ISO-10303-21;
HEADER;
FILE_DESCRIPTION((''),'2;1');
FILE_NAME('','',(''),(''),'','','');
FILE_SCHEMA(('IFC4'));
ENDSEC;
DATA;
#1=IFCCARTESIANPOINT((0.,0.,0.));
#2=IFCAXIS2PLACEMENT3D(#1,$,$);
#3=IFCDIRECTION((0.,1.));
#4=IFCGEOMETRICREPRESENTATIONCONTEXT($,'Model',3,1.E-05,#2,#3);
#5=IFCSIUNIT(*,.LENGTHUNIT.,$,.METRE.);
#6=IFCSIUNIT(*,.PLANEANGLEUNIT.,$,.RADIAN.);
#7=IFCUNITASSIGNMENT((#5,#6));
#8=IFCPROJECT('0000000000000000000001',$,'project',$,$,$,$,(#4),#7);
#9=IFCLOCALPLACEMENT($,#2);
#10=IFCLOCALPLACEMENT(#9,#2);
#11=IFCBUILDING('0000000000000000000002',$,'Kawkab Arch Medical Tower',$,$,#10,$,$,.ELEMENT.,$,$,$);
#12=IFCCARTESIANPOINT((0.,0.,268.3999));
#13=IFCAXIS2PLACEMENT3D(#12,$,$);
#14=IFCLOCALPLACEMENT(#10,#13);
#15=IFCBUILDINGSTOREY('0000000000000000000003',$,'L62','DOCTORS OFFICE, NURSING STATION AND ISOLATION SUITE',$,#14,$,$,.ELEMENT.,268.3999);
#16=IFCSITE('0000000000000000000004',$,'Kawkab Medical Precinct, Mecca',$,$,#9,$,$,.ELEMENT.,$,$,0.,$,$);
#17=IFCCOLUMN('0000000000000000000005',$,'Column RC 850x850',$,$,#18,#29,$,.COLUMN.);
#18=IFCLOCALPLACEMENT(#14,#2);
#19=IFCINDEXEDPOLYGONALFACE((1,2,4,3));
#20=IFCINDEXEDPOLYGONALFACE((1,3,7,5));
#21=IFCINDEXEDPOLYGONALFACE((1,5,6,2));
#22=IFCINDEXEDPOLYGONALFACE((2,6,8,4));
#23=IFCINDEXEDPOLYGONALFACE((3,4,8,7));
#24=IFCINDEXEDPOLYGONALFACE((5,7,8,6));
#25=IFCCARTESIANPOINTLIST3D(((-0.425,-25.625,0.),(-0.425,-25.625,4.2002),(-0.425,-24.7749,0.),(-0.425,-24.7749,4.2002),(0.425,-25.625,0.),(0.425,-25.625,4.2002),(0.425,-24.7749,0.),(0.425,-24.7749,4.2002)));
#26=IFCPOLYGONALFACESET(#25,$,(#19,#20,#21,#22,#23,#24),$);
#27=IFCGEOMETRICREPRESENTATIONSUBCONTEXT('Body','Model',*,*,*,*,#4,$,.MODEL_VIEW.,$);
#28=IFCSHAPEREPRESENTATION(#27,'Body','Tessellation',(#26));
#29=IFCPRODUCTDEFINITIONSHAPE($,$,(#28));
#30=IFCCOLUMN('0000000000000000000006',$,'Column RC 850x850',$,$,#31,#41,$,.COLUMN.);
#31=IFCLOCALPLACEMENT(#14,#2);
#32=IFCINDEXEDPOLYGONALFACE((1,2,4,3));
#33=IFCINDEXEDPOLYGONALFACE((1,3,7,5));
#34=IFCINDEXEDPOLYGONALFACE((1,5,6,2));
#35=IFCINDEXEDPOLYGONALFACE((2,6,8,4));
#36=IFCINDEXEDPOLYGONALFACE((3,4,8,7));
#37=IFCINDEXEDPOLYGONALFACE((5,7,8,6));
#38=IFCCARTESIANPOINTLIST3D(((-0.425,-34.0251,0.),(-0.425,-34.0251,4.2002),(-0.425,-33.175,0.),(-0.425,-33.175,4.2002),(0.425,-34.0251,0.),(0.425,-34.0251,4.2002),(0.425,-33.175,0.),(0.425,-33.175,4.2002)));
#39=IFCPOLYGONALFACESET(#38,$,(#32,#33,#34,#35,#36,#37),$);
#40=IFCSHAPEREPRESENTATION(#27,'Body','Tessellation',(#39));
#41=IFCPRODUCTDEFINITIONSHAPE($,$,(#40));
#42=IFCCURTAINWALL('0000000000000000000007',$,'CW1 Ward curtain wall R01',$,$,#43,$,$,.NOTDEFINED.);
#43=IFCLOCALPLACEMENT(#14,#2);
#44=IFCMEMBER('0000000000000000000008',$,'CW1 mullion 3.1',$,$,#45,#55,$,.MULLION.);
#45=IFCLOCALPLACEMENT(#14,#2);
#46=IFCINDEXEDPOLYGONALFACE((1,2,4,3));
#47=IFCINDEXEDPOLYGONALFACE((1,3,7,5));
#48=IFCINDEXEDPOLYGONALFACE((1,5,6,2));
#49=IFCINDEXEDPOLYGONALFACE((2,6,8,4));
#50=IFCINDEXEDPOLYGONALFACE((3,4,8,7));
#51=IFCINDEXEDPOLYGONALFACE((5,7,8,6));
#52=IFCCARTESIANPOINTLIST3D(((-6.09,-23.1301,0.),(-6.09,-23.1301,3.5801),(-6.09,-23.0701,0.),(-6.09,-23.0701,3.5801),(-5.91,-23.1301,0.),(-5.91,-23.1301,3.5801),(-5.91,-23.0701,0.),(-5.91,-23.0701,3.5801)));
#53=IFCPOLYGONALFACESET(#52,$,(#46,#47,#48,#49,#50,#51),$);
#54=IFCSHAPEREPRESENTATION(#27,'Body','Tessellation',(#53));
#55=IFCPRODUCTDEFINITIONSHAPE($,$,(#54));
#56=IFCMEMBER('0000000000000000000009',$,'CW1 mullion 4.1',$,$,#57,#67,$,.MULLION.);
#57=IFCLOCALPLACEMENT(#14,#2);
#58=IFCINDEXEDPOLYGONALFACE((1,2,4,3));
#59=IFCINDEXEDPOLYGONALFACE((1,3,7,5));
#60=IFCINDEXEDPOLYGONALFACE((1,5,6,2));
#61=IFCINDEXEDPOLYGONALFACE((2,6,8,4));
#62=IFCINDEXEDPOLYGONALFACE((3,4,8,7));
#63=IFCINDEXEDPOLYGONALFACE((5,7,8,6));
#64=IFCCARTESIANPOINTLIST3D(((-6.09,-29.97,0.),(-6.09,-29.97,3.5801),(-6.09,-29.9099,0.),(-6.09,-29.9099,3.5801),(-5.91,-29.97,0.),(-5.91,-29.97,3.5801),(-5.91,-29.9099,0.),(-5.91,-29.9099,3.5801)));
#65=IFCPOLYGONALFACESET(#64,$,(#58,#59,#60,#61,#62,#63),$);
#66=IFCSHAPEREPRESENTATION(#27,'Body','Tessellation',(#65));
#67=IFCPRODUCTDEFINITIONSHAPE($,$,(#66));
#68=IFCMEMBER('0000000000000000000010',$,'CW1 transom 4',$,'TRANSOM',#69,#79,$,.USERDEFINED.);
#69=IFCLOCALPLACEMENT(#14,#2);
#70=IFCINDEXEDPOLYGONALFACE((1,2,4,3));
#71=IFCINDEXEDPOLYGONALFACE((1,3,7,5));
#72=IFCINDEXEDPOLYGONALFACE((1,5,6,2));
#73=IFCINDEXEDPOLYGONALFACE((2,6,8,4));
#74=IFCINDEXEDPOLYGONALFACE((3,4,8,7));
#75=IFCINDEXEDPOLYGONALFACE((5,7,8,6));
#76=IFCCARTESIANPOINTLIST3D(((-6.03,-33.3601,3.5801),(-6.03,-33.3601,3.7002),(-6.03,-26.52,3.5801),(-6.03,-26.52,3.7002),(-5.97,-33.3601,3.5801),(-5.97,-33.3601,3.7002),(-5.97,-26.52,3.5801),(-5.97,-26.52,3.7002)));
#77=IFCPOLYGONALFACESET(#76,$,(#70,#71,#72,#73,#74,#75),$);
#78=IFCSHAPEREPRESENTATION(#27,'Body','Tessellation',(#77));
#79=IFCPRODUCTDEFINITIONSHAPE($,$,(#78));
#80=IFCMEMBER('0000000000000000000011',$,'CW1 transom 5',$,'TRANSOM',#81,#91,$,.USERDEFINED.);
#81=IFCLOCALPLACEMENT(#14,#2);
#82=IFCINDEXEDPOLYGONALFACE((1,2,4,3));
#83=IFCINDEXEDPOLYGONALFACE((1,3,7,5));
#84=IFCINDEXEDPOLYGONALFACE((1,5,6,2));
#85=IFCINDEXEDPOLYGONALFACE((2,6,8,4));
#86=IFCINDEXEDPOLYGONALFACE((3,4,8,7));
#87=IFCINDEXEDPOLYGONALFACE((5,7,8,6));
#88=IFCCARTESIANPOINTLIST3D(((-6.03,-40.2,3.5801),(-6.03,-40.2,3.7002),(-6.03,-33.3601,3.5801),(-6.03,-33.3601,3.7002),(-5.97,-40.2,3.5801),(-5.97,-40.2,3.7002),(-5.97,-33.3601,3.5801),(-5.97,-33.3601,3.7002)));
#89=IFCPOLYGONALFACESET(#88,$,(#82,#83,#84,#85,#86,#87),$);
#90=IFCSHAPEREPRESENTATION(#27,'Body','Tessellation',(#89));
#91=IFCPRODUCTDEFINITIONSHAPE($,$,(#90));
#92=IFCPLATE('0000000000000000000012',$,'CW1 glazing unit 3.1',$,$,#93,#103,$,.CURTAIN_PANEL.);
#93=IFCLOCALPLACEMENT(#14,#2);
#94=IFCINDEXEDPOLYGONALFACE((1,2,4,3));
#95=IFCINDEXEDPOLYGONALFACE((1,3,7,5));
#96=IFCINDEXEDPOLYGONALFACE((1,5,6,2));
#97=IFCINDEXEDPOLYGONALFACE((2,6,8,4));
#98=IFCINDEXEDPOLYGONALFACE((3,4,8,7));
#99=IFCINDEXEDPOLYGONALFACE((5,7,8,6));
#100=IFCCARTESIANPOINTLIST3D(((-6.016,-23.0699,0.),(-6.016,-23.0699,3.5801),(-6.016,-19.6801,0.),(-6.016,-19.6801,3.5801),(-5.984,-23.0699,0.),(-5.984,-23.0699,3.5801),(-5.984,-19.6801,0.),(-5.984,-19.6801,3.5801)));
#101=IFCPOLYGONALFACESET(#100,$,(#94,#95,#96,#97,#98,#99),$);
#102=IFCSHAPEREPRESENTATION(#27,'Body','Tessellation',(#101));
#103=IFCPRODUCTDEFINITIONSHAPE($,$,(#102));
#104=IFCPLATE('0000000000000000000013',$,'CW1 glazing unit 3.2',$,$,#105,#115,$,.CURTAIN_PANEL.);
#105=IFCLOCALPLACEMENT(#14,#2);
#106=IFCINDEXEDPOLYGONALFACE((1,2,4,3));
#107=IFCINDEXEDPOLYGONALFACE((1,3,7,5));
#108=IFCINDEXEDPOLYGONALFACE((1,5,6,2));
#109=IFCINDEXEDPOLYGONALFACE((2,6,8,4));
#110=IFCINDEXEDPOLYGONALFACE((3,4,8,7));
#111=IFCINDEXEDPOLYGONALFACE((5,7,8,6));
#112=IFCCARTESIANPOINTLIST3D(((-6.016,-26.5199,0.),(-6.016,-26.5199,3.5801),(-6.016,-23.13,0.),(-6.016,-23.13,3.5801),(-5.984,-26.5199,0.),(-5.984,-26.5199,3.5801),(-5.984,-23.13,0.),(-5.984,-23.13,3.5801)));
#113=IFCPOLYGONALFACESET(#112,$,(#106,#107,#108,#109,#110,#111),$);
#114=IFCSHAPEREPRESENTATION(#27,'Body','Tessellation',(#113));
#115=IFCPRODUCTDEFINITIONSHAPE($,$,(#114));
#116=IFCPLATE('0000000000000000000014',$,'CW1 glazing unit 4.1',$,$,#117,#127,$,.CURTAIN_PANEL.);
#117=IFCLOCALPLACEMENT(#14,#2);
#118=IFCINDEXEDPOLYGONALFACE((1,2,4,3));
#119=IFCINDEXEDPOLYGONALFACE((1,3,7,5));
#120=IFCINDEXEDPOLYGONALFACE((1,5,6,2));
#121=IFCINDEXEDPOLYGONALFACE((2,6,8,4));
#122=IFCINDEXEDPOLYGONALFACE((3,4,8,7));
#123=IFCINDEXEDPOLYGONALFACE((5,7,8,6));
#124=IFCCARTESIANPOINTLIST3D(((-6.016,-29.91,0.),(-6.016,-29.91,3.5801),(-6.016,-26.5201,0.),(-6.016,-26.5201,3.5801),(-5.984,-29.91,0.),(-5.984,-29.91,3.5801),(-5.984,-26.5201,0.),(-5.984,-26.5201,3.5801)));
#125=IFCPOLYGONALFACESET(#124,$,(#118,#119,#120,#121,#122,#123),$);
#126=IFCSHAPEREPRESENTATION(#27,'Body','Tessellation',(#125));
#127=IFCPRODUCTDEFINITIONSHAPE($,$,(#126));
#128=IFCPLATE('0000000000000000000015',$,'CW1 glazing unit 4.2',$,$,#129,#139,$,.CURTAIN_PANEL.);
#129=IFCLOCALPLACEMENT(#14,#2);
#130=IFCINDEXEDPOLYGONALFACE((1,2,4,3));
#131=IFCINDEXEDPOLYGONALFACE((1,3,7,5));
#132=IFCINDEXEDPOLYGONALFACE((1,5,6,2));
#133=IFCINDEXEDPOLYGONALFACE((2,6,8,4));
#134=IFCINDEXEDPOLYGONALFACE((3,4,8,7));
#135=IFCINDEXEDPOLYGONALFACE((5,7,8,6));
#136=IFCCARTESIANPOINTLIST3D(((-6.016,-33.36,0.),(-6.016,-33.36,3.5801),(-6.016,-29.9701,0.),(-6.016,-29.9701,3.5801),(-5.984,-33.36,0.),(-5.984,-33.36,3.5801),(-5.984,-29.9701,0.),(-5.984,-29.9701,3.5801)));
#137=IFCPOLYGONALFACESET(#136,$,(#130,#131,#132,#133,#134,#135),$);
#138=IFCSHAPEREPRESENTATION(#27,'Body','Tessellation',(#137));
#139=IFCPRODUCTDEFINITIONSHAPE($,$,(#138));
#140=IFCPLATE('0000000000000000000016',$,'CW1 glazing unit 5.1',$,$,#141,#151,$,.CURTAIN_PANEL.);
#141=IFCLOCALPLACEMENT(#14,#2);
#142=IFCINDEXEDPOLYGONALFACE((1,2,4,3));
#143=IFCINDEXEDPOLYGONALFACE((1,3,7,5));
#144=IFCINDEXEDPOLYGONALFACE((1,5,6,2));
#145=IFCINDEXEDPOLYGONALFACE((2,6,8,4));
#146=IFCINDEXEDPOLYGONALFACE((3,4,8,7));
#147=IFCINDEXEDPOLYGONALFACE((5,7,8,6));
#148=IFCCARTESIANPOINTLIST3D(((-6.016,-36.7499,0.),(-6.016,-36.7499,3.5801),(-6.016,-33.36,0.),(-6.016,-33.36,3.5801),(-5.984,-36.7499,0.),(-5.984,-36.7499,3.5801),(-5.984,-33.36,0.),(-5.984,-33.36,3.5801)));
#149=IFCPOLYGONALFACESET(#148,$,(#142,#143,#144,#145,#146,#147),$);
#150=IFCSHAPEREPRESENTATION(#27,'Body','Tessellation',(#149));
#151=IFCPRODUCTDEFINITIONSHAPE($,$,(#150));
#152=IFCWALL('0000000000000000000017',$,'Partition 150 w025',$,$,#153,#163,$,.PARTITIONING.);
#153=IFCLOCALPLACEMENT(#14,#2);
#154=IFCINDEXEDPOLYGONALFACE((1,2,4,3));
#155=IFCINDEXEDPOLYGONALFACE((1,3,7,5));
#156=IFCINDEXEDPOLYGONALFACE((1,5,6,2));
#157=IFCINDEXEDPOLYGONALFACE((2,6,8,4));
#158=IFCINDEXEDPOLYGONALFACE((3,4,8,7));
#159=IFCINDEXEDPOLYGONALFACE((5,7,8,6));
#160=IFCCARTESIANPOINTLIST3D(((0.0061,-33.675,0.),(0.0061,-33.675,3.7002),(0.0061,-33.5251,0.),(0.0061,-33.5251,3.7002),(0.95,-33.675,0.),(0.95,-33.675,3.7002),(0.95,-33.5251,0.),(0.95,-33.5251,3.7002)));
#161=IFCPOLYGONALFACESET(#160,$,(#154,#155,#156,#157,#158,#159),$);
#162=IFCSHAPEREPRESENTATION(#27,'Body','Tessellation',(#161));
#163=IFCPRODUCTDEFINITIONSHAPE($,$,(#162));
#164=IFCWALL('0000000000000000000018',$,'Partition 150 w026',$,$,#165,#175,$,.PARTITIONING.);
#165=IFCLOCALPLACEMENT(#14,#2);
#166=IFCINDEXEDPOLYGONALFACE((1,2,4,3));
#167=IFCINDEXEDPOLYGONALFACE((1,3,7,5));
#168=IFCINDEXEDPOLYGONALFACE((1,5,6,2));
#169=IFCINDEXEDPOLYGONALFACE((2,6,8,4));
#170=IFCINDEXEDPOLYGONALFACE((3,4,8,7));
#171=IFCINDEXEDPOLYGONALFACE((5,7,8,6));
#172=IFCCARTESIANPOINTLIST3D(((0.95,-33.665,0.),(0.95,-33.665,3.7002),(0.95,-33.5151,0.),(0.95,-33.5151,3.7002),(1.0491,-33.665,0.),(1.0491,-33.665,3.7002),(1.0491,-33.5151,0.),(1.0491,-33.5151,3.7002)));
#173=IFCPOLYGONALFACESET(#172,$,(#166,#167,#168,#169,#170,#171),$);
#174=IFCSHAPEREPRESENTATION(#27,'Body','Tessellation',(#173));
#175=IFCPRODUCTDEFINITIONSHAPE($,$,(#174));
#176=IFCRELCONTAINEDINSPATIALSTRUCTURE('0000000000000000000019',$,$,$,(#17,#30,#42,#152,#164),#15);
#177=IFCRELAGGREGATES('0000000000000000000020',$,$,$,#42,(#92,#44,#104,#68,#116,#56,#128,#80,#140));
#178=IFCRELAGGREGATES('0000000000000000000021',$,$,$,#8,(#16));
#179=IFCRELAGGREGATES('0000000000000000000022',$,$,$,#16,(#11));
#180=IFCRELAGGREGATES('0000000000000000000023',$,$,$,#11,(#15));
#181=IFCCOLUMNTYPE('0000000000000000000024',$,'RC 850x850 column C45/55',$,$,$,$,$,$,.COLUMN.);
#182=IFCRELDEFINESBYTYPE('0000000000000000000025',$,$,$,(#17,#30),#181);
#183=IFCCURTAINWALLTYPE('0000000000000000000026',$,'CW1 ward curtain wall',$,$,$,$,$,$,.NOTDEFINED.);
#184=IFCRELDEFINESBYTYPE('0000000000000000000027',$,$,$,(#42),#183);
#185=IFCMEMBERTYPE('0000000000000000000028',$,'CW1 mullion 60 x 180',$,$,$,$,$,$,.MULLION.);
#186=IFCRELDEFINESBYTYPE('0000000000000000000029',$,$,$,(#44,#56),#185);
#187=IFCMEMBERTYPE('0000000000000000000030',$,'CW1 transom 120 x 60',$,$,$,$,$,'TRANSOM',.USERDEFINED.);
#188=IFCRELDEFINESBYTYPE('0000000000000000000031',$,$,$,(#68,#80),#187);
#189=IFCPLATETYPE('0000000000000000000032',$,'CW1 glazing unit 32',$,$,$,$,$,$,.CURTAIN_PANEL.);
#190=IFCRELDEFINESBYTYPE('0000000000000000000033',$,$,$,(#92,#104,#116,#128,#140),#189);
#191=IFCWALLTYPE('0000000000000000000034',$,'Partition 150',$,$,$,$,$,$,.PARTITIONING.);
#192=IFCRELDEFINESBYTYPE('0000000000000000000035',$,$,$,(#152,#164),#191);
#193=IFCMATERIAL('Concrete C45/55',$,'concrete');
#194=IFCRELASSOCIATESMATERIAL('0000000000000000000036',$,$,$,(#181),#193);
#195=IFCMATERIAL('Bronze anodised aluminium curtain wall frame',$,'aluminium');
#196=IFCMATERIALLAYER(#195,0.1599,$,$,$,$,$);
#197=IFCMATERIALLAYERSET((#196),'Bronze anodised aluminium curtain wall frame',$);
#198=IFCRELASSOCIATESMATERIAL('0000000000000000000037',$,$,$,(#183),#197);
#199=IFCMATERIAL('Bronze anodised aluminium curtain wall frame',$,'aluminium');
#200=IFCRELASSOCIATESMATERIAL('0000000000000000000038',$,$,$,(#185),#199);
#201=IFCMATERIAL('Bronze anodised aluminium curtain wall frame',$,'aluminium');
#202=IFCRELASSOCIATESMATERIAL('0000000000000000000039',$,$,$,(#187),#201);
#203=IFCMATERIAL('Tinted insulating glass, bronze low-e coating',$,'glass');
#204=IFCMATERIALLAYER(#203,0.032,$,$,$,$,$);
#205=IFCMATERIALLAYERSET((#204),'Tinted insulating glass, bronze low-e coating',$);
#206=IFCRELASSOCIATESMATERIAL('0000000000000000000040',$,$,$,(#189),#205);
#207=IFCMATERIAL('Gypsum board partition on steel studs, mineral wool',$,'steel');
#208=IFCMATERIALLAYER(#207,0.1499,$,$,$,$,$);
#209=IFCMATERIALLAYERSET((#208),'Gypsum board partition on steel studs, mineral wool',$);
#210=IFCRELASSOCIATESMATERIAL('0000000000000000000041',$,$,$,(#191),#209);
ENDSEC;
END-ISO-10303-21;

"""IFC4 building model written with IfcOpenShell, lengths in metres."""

from ifc_helpers import new_model, si_unit, direction, frame, frame_2d, origin, origin_2d, place, context, subcontext, project, spatial, rectangle, extrude, material, layer, layer_set, material_profile, profile_set, type_object, element, aggregate, save


model = new_model("IFC4")

# Units and contexts
model_context = context("Model", 3, precision=1e-05, world=origin(), true_north=direction((0.0, 1.0)))
body_context = subcontext(model_context, "Body", "Model", "MODEL_VIEW")
ifc_project = project(units=[si_unit("LENGTHUNIT", "METRE"), si_unit("PLANEANGLEUNIT", "RADIAN")], contexts=[model_context])

# Site, building, storey
site_placement = place(None, origin())
site = spatial("IfcSite", under=ifc_project, at=site_placement, Name="Kawkab Medical Precinct, Mecca", CompositionType="ELEMENT", RefElevation=0.0)
building_placement = place(site_placement, origin())
building = spatial("IfcBuilding", under=site, at=building_placement, Name="Kawkab Arch Medical Tower", CompositionType="ELEMENT")
storey_placement = place(building_placement, frame((0.0, 0.0, 268.3999)))
storey = spatial("IfcBuildingStorey", under=building, at=storey_placement, Name="L62", Description="DOCTORS OFFICE, NURSING STATION AND ISOLATION SUITE", CompositionType="ELEMENT", Elevation=268.3999)

# Columns
ifc_material_1 = material(Name="Concrete C45/55", Category="concrete")
ifc_material_profile_1 = material_profile(ifc_material_1, rectangle(XDim=0.8501, YDim=0.8501, at=origin_2d()), Name="RC 850x850")
ifc_profile_set_1 = profile_set([ifc_material_profile_1], Name="Concrete C45/55")
column_type = type_object("IfcColumnType", Name="RC 850x850 column C45/55", PredefinedType="COLUMN", material=ifc_profile_set_1)
for number, where, z_axis, x_axis, name in (
    (1, (0.0, -25.2, 0.0), (0.0, 0.0, 1.0), (1.0, 0.0, 0.0), "Column RC 850x850"),
    (2, (0.0, -33.6001, 0.0), (0.0, 0.0, 1.0), (1.0, 0.0, 0.0), "Column RC 850x850"),
):
    element("IfcColumn", number, at=place(storey_placement, frame(where, z_axis=z_axis, x_axis=x_axis)), inside=storey, type_object=column_type, Name=name, PredefinedType="COLUMN", context=body_context, shape_type="SweptSolid", body=[
        extrude(rectangle(XDim=0.8501, YDim=0.8501, at=origin_2d()), origin(), (0.0, 0.0, 1.0), 4.2002),
    ])

# Curtain wall, members, plates
ifc_material_2 = material(Name="Bronze anodised aluminium curtain wall frame", Category="aluminium")
ifc_layer_1 = layer(ifc_material_2, 0.1599)
ifc_layer_set_1 = layer_set([ifc_layer_1], Name="Bronze anodised aluminium curtain wall frame")
curtain_wall_type = type_object("IfcCurtainWallType", Name="CW1 ward curtain wall", PredefinedType="NOTDEFINED", material=ifc_layer_set_1)
placement = place(storey_placement, origin())
curtain_wall = element("IfcCurtainWall", 3, at=placement, inside=storey, type_object=curtain_wall_type, Name="CW1 Ward curtain wall R01", PredefinedType="NOTDEFINED")
ifc_material_3 = material(Name="Bronze anodised aluminium curtain wall frame", Category="aluminium")
ifc_material_profile_2 = material_profile(ifc_material_3, rectangle(XDim=0.1799, YDim=0.0601, at=origin_2d()), Name="AL 60x180")
ifc_profile_set_2 = profile_set([ifc_material_profile_2], Name="Bronze anodised aluminium curtain wall frame")
member_type_1 = type_object("IfcMemberType", Name="CW1 mullion 60 x 180", PredefinedType="MULLION", material=ifc_profile_set_2)
member_1_placement = place(storey_placement, frame((-6.0, -23.1001, 0.0), z_axis=(0.0, 0.0, 1.0), x_axis=(1.0, 0.0, 0.0)))
member_1 = element("IfcMember", 4, at=member_1_placement, type_object=member_type_1, Name="CW1 mullion 3.1", PredefinedType="MULLION", context=body_context, shape_type="SweptSolid", body=[
    extrude(rectangle(XDim=0.1799, YDim=0.0601, at=origin_2d()), origin(), (0.0, 0.0, 1.0), 3.5801),
])
member_2_placement = place(storey_placement, frame((-6.0, -29.9399, 0.0), z_axis=(0.0, 0.0, 1.0), x_axis=(1.0, 0.0, 0.0)))
member_2 = element("IfcMember", 5, at=member_2_placement, type_object=member_type_1, Name="CW1 mullion 4.1", PredefinedType="MULLION", context=body_context, shape_type="SweptSolid", body=[
    extrude(rectangle(XDim=0.1799, YDim=0.0601, at=origin_2d()), origin(), (0.0, 0.0, 1.0), 3.5801),
])
ifc_material_4 = material(Name="Bronze anodised aluminium curtain wall frame", Category="aluminium")
ifc_material_profile_3 = material_profile(ifc_material_4, rectangle(XDim=0.0601, YDim=0.1201, at=origin_2d()), Name="AL 60x120")
ifc_profile_set_3 = profile_set([ifc_material_profile_3], Name="Bronze anodised aluminium curtain wall frame")
member_type_2 = type_object("IfcMemberType", Name="CW1 transom 120 x 60", ElementType="TRANSOM", PredefinedType="USERDEFINED", material=ifc_profile_set_3)
member_3_placement = place(storey_placement, frame((-6.0, -26.52, 3.6401), z_axis=(0.0, -1.0, 0.0), x_axis=(1.0, 0.0, 0.0)))
member_3 = element("IfcMember", 6, at=member_3_placement, type_object=member_type_2, Name="CW1 transom 4", ObjectType="TRANSOM", PredefinedType="USERDEFINED", context=body_context, shape_type="SweptSolid", body=[
    extrude(rectangle(XDim=0.0601, YDim=0.1201, at=origin_2d()), origin(), (0.0, 0.0, 1.0), 6.8401),
])
member_4_placement = place(storey_placement, frame((-6.0, -33.3601, 3.6401), z_axis=(0.0, -1.0, 0.0), x_axis=(1.0, 0.0, 0.0)))
member_4 = element("IfcMember", 7, at=member_4_placement, type_object=member_type_2, Name="CW1 transom 5", ObjectType="TRANSOM", PredefinedType="USERDEFINED", context=body_context, shape_type="SweptSolid", body=[
    extrude(rectangle(XDim=0.0601, YDim=0.1201, at=origin_2d()), origin(), (0.0, 0.0, 1.0), 6.8398),
])
ifc_material_5 = material(Name="Tinted insulating glass, bronze low-e coating", Category="glass")
ifc_layer_2 = layer(ifc_material_5, 0.032)
ifc_layer_set_2 = layer_set([ifc_layer_2], Name="Tinted insulating glass, bronze low-e coating")
plate_type = type_object("IfcPlateType", Name="CW1 glazing unit 32", PredefinedType="CURTAIN_PANEL", material=ifc_layer_set_2)
plate_1_placement = place(storey_placement, frame((-6.0, -21.375, 0.0), z_axis=(0.0, 0.0, 1.0), x_axis=(0.0, -1.0, 0.0)))
plate_1 = element("IfcPlate", 8, at=plate_1_placement, type_object=plate_type, Name="CW1 glazing unit 3.1", PredefinedType="CURTAIN_PANEL", context=body_context, shape_type="SweptSolid", body=[
    extrude(rectangle(XDim=3.3899, YDim=0.032, at=origin_2d()), origin(), (0.0, 0.0, 1.0), 3.5801),
])
plate_2_placement = place(storey_placement, frame((-6.0, -24.825, 0.0), z_axis=(0.0, 0.0, 1.0), x_axis=(0.0, -1.0, 0.0)))
plate_2 = element("IfcPlate", 9, at=plate_2_placement, type_object=plate_type, Name="CW1 glazing unit 3.2", PredefinedType="CURTAIN_PANEL", context=body_context, shape_type="SweptSolid", body=[
    extrude(rectangle(XDim=3.3899, YDim=0.032, at=origin_2d()), origin(), (0.0, 0.0, 1.0), 3.5801),
])
plate_3_placement = place(storey_placement, frame((-6.0, -28.2151, 0.0), z_axis=(0.0, 0.0, 1.0), x_axis=(0.0, -1.0, 0.0)))
plate_3 = element("IfcPlate", 10, at=plate_3_placement, type_object=plate_type, Name="CW1 glazing unit 4.1", PredefinedType="CURTAIN_PANEL", context=body_context, shape_type="SweptSolid", body=[
    extrude(rectangle(XDim=3.3899, YDim=0.032, at=origin_2d()), origin(), (0.0, 0.0, 1.0), 3.5801),
])
plate_4_placement = place(storey_placement, frame((-6.0, -31.665, 0.0), z_axis=(0.0, 0.0, 1.0), x_axis=(0.0, -1.0, 0.0)))
plate_4 = element("IfcPlate", 11, at=plate_4_placement, type_object=plate_type, Name="CW1 glazing unit 4.2", PredefinedType="CURTAIN_PANEL", context=body_context, shape_type="SweptSolid", body=[
    extrude(rectangle(XDim=3.3899, YDim=0.032, at=origin_2d()), origin(), (0.0, 0.0, 1.0), 3.5801),
])
plate_5_placement = place(storey_placement, frame((-6.0, -35.0549, 0.0), z_axis=(0.0, 0.0, 1.0), x_axis=(0.0, -1.0, 0.0)))
plate_5 = element("IfcPlate", 12, at=plate_5_placement, type_object=plate_type, Name="CW1 glazing unit 5.1", PredefinedType="CURTAIN_PANEL", context=body_context, shape_type="SweptSolid", body=[
    extrude(rectangle(XDim=3.3899, YDim=0.032, at=origin_2d()), origin(), (0.0, 0.0, 1.0), 3.5801),
])
aggregate(curtain_wall, [plate_1, member_1, plate_2, member_3, plate_3, member_2, plate_4, member_4, plate_5])

# Walls
ifc_material_6 = material(Name="Gypsum board partition on steel studs, mineral wool", Category="steel")
ifc_layer_3 = layer(ifc_material_6, 0.1499)
ifc_layer_set_3 = layer_set([ifc_layer_3], Name="Gypsum board partition on steel studs, mineral wool")
wall_type_1 = type_object("IfcWallType", Name="Partition 150", PredefinedType="PARTITIONING", material=ifc_layer_set_3)
wall_1_placement = place(storey_placement, frame((0.0061, -33.6001, 0.0), z_axis=(0.0, 0.0, 1.0), x_axis=(1.0, 0.0, 0.0)))
element("IfcWall", 13, at=wall_1_placement, inside=storey, type_object=wall_type_1, Name="Partition 150 w025", PredefinedType="PARTITIONING", context=body_context, shape_type="SweptSolid", body=[
    extrude(rectangle(XDim=0.9438, YDim=0.1499, at=frame_2d((0.4719, 0.0))), origin(), (0.0, 0.0, 1.0), 3.7002),
])
wall_2_placement = place(storey_placement, frame((0.95, -33.5901, 0.0), z_axis=(0.0, 0.0, 1.0), x_axis=(1.0, 0.0, 0.0)))
element("IfcWall", 14, at=wall_2_placement, inside=storey, type_object=wall_type_1, Name="Partition 150 w026", PredefinedType="PARTITIONING", context=body_context, shape_type="SweptSolid", body=[
    extrude(rectangle(XDim=0.0991, YDim=0.1499, at=frame_2d((0.0496, 0.0))), origin(), (0.0, 0.0, 1.0), 3.7002),
])

save(model, "model.ifc")
